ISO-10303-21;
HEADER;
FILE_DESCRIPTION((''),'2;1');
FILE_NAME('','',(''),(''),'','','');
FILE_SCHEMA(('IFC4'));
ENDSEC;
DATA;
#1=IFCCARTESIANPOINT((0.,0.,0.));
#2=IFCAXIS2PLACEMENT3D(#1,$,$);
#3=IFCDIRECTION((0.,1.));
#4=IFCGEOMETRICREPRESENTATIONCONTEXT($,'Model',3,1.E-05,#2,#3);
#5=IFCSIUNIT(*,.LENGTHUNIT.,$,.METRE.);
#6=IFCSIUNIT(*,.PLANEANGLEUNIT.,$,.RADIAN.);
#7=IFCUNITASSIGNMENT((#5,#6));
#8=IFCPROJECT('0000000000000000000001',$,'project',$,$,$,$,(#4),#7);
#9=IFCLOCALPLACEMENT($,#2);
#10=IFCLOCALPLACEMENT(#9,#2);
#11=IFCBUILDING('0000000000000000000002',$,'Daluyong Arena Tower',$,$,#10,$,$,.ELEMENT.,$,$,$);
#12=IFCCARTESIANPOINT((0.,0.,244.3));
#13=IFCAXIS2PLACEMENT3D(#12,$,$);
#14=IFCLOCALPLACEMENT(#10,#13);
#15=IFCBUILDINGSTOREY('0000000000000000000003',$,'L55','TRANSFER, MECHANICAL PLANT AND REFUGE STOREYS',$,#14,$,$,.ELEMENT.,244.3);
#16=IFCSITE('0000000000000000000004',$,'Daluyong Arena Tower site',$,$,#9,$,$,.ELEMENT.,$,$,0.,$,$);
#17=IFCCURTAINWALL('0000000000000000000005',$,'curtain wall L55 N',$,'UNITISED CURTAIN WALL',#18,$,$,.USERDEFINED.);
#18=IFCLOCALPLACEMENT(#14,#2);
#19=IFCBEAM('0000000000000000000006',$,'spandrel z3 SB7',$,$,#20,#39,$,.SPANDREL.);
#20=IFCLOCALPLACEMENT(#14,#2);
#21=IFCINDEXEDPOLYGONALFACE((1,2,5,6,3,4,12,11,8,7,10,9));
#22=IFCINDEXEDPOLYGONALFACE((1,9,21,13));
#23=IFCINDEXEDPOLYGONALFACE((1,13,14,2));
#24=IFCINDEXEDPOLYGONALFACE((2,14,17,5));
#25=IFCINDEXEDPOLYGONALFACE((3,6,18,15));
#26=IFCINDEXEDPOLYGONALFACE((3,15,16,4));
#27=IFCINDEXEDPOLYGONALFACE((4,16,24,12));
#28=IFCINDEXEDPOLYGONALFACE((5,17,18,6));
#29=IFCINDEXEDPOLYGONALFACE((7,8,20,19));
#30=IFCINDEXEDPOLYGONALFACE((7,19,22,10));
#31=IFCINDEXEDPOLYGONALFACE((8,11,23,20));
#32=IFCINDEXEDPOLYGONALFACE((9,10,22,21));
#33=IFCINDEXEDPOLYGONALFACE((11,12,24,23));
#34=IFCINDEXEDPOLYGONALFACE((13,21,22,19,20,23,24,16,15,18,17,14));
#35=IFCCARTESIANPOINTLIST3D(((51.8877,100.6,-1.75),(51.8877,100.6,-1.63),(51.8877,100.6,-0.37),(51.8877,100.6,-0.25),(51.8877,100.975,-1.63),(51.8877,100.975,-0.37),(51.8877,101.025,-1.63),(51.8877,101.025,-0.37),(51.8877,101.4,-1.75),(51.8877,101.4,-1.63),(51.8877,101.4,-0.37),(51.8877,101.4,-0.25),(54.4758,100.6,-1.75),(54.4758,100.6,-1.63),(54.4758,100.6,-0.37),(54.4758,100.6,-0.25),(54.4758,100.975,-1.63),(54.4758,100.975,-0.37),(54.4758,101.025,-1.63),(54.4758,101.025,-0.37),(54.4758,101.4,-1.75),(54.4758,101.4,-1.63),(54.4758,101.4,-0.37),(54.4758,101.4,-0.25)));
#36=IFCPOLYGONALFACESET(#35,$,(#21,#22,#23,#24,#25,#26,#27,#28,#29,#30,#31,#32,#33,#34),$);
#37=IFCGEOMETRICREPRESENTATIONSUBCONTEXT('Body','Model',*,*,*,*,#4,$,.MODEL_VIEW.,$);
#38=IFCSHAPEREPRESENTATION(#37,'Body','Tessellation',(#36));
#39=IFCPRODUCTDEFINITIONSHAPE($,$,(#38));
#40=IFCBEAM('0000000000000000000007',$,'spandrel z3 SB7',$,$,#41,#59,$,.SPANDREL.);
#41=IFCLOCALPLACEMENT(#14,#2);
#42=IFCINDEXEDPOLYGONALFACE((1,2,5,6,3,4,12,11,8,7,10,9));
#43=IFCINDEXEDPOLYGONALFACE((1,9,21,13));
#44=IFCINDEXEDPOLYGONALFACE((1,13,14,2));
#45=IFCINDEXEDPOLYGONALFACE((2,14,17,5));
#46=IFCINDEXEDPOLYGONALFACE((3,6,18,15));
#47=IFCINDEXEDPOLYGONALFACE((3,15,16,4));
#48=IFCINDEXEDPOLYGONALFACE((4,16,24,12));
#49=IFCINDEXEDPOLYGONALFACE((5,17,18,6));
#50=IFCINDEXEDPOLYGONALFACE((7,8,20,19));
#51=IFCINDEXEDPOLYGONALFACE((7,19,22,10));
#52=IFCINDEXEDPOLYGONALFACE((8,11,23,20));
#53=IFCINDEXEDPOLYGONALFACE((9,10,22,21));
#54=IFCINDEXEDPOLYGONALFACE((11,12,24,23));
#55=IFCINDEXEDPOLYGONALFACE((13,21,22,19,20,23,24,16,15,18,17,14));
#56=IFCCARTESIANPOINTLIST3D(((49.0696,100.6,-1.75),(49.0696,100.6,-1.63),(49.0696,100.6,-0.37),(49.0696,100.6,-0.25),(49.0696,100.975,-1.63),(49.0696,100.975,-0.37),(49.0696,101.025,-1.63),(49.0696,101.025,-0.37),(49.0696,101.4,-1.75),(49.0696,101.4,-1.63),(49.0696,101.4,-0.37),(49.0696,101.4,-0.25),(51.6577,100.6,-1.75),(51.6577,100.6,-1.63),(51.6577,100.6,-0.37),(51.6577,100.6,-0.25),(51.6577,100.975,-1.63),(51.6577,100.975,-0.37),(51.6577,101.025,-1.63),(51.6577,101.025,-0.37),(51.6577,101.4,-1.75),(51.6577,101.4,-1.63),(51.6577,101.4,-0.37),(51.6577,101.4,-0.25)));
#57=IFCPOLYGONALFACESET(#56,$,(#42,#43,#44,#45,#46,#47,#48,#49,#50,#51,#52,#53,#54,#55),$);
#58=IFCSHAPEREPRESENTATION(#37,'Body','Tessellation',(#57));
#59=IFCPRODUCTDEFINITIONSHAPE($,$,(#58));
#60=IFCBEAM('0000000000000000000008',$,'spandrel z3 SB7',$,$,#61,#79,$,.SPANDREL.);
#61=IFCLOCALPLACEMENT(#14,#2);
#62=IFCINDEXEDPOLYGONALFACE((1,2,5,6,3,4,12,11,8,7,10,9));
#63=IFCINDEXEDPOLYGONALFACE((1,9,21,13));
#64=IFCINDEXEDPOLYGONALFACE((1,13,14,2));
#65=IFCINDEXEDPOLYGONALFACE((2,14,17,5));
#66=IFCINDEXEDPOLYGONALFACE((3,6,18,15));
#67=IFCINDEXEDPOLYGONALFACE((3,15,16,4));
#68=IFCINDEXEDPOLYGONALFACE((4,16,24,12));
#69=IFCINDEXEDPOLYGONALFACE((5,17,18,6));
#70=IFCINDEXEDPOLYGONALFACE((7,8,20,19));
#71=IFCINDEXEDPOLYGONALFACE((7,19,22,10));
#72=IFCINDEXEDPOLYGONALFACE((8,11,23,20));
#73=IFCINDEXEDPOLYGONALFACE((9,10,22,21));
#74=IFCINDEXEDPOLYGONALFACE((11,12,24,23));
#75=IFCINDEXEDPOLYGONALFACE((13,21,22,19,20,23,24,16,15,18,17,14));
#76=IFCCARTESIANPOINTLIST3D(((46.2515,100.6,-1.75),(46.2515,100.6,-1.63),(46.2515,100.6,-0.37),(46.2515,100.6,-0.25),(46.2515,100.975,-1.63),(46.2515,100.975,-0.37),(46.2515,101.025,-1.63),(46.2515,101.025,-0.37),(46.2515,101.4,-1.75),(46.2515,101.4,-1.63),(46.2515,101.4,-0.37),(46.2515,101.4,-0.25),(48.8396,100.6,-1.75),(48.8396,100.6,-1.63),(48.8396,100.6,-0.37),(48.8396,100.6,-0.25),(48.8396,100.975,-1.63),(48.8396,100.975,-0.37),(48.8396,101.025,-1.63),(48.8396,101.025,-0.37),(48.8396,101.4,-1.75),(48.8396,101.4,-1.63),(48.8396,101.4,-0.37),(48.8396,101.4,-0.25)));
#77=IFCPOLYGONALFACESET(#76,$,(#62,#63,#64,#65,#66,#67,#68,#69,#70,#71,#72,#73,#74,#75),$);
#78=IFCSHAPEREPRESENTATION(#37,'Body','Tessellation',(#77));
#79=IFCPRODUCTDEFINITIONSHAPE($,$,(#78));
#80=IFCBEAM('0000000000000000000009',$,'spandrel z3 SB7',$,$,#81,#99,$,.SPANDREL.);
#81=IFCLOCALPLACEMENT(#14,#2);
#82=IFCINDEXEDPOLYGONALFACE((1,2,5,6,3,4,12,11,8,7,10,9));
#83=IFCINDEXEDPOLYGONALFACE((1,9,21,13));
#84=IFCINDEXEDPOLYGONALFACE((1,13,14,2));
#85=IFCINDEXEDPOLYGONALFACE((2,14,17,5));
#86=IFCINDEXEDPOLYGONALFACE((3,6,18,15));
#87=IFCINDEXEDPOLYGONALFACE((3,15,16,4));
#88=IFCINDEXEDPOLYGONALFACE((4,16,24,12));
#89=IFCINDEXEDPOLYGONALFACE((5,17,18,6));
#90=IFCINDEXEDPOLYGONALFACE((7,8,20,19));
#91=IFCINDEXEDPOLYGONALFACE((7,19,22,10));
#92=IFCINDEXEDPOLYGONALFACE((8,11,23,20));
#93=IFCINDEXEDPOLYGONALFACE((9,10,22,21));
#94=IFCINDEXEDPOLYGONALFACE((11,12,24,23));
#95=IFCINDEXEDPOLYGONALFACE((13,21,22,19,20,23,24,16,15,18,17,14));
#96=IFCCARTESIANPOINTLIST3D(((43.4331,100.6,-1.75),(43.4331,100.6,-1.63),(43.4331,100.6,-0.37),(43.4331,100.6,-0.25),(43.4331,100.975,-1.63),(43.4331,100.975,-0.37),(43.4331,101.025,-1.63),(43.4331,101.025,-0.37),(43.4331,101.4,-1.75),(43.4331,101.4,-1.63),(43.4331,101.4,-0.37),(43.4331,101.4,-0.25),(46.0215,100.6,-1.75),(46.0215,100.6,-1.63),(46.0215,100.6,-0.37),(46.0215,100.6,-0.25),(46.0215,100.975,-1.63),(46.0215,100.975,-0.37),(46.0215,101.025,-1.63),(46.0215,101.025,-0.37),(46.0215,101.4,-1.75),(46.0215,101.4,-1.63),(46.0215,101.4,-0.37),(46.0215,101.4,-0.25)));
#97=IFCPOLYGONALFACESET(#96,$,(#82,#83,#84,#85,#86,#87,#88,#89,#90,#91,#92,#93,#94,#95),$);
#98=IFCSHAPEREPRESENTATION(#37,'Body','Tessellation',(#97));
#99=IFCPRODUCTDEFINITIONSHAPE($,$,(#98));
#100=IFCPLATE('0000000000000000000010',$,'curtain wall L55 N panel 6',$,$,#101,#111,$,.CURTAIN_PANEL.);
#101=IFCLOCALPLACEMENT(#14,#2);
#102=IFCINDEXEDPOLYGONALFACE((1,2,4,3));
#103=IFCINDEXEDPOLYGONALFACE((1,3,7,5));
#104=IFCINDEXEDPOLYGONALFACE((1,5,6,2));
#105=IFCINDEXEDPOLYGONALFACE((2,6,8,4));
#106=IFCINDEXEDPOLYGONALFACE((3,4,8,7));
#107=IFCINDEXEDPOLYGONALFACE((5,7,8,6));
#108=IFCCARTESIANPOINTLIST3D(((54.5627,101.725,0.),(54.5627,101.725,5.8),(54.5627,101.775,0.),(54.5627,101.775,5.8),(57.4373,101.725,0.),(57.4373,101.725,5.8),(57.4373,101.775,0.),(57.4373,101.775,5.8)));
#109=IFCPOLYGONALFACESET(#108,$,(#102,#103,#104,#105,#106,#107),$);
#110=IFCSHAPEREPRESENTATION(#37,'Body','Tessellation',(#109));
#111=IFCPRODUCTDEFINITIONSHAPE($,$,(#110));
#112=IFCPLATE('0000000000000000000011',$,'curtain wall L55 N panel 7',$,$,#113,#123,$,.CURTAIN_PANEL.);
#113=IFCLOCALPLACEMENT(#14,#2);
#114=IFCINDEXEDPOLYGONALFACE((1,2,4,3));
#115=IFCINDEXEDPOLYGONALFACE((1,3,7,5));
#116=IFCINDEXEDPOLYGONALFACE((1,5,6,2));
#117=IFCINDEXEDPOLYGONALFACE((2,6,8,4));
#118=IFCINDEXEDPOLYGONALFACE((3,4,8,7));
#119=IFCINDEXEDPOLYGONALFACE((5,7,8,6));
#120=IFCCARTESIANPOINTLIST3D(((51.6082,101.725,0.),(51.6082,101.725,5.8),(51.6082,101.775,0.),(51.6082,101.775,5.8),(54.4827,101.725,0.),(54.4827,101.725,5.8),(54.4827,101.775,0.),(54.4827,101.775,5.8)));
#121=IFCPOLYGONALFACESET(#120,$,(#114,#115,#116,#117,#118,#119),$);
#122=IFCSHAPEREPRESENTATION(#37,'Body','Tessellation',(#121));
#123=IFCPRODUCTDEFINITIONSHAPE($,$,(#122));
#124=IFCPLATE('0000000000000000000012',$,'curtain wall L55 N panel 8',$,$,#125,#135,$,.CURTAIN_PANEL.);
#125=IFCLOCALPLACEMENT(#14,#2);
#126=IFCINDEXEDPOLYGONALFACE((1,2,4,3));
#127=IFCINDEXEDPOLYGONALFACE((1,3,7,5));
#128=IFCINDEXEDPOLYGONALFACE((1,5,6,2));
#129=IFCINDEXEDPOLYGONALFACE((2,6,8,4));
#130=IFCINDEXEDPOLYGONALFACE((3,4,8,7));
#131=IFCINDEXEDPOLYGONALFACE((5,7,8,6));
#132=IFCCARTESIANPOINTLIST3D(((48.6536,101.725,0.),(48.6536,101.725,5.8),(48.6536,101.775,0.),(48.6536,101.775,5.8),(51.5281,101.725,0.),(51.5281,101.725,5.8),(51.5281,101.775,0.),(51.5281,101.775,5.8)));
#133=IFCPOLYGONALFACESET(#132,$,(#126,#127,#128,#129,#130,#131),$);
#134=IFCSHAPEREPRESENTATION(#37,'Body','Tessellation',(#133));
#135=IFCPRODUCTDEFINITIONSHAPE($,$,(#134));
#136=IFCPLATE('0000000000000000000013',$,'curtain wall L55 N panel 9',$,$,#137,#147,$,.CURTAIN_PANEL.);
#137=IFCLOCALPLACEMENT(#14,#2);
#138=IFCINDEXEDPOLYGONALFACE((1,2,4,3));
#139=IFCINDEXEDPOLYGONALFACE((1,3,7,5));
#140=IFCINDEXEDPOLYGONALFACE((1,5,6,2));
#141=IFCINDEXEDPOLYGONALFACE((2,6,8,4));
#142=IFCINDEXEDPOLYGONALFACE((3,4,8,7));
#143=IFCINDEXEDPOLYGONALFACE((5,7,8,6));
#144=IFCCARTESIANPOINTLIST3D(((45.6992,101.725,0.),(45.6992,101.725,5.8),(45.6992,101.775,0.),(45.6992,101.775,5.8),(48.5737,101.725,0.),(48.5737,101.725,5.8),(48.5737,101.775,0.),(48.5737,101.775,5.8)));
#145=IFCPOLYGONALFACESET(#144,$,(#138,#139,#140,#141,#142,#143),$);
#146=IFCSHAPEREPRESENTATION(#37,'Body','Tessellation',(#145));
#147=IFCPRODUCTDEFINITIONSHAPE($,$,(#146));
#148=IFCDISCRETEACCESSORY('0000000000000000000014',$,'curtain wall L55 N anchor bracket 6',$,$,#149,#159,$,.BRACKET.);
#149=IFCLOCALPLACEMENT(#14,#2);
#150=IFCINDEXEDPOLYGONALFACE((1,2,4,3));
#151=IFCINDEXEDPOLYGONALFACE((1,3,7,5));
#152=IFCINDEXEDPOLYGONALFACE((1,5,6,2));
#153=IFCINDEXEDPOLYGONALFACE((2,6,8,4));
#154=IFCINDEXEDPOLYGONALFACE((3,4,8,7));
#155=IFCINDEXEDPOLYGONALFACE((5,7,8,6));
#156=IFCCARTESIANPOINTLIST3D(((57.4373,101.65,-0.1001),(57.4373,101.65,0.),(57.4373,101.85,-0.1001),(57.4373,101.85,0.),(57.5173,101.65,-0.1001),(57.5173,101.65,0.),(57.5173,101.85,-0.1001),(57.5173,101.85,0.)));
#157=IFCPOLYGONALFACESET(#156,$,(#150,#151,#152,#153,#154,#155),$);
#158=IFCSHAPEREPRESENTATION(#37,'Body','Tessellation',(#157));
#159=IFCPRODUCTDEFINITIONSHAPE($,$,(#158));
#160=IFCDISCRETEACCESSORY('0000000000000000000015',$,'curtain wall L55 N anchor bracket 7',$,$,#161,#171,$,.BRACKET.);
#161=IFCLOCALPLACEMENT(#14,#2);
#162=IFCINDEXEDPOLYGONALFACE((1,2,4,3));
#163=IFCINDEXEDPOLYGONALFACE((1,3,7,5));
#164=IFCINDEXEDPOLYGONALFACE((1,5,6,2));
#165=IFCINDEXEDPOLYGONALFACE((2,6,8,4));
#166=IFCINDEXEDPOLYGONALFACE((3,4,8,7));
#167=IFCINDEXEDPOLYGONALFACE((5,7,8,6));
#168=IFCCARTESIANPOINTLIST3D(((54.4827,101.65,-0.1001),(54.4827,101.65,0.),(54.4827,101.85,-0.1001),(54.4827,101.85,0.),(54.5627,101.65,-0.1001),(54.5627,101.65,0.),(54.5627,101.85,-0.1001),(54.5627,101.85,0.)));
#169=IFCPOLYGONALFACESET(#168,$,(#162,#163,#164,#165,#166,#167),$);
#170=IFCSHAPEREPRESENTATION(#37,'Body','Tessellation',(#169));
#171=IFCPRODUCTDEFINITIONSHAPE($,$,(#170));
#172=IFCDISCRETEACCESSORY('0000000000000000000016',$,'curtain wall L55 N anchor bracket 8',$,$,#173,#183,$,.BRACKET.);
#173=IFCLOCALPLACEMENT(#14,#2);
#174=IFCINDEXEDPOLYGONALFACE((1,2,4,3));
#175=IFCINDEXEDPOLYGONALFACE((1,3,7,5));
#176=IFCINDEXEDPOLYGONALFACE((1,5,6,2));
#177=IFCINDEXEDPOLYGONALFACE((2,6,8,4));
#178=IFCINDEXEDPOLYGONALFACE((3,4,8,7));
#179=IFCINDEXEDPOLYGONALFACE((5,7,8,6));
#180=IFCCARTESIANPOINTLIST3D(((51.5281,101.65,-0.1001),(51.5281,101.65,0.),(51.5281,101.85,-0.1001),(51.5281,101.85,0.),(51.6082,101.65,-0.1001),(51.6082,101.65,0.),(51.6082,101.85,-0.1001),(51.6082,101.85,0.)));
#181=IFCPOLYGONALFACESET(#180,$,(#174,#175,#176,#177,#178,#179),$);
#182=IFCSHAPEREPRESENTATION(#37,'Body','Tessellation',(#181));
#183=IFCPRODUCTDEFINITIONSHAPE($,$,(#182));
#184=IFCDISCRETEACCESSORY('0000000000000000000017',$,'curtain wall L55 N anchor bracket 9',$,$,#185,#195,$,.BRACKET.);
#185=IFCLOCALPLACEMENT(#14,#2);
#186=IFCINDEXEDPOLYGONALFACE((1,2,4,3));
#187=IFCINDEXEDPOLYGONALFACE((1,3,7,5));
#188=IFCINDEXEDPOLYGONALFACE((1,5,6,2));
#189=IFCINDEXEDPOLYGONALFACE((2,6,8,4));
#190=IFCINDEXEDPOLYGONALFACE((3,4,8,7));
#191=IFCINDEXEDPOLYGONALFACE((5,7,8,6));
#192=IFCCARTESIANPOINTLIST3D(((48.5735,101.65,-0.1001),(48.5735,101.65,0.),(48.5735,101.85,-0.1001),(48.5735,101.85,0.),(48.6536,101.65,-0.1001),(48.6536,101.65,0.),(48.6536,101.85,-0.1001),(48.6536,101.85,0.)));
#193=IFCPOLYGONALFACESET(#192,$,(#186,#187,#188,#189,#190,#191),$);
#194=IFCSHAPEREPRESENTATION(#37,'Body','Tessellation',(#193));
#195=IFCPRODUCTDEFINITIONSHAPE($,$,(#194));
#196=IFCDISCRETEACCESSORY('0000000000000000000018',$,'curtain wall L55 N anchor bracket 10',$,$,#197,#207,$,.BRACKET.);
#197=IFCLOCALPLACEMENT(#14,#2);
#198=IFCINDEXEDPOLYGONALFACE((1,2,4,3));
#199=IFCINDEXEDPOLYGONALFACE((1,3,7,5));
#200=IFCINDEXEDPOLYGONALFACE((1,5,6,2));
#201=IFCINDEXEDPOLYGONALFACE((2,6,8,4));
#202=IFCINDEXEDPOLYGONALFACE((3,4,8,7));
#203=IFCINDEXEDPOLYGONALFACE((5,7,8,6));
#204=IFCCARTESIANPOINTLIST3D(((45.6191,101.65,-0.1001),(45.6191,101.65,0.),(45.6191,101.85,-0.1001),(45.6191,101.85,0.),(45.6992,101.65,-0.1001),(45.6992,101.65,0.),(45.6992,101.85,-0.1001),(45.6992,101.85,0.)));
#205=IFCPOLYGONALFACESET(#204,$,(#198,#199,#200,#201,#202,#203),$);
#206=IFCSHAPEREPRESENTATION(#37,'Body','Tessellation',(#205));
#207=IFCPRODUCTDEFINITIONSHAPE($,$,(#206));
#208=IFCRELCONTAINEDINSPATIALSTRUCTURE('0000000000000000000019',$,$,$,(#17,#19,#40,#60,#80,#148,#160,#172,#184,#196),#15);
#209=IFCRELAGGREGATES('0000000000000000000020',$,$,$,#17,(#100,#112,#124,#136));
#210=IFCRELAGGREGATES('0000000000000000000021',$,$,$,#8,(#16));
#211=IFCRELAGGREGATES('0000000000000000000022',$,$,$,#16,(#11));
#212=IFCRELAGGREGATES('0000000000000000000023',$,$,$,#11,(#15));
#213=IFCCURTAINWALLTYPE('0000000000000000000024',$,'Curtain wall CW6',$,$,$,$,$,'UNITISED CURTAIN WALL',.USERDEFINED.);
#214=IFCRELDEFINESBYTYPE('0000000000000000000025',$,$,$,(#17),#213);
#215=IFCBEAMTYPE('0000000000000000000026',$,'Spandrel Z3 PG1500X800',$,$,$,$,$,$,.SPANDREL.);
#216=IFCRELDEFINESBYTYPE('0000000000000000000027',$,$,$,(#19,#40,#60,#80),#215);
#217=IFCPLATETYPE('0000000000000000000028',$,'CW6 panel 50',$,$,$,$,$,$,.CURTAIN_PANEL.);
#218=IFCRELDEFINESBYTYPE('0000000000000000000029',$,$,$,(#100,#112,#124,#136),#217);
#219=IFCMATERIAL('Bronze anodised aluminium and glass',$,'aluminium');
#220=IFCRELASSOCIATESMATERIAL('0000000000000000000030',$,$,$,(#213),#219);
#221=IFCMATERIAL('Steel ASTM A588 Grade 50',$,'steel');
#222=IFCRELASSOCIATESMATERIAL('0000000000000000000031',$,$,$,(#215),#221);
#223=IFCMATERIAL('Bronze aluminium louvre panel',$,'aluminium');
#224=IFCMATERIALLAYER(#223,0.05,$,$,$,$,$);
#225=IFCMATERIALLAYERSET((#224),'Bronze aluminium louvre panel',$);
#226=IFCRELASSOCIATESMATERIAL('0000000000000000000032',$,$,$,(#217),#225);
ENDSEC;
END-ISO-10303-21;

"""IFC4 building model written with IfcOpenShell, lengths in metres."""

from ifc_helpers import new_model, si_unit, direction, frame, origin, origin_2d, place, context, subcontext, project, spatial, rectangle, i_section, extrude, material, layer, layer_set, material_profile, profile_set, type_object, element, aggregate, save


model = new_model("IFC4")

# Units and contexts
model_context = context("Model", 3, precision=1e-05, world=origin(), true_north=direction((0.0, 1.0)))
body_context = subcontext(model_context, "Body", "Model", "MODEL_VIEW")
ifc_project = project(units=[si_unit("LENGTHUNIT", "METRE"), si_unit("PLANEANGLEUNIT", "RADIAN")], contexts=[model_context])

# Site, building, storey
site_placement = place(None, origin())
site = spatial("IfcSite", under=ifc_project, at=site_placement, Name="Daluyong Arena Tower site", CompositionType="ELEMENT", RefElevation=0.0)
building_placement = place(site_placement, origin())
building = spatial("IfcBuilding", under=site, at=building_placement, Name="Daluyong Arena Tower", CompositionType="ELEMENT")
storey_placement = place(building_placement, frame((0.0, 0.0, 244.3)))
storey = spatial("IfcBuildingStorey", under=building, at=storey_placement, Name="L55", Description="TRANSFER, MECHANICAL PLANT AND REFUGE STOREYS", CompositionType="ELEMENT", Elevation=244.3)

# Curtain wall
ifc_material_1 = material(Name="Bronze anodised aluminium and glass", Category="aluminium")
curtain_wall_type = type_object("IfcCurtainWallType", Name="Curtain wall CW6", ElementType="UNITISED CURTAIN WALL", PredefinedType="USERDEFINED", material=ifc_material_1)
curtain_wall_placement = place(storey_placement, origin())
curtain_wall = element("IfcCurtainWall", 1, at=curtain_wall_placement, inside=storey, type_object=curtain_wall_type, Name="curtain wall L55 N", ObjectType="UNITISED CURTAIN WALL", PredefinedType="USERDEFINED")

# Beams
ifc_material_2 = material(Name="Steel ASTM A588 Grade 50", Category="steel")
ifc_material_profile_1 = material_profile(ifc_material_2, i_section(OverallWidth=0.8, OverallDepth=1.5, WebThickness=0.05, FlangeThickness=0.12, at=origin_2d()))
ifc_profile_set_1 = profile_set([ifc_material_profile_1], Name="Steel ASTM A588 Grade 50")
beam_type_1 = type_object("IfcBeamType", Name="Spandrel Z3 PG1500X800", PredefinedType="SPANDREL", material=ifc_profile_set_1)
for number, where, z_axis, x_axis, name in (
    (2, (54.4758, 101.0, -1.0), (-1.0, 0.0, 0.0), (0.0, -1.0, 0.0), "spandrel z3 SB7"),
    (3, (51.6577, 101.0, -1.0), (-1.0, 0.0, 0.0), (0.0, -1.0, 0.0), "spandrel z3 SB7"),
    (4, (48.8396, 101.0, -1.0), (-1.0, 0.0, 0.0), (0.0, -1.0, 0.0), "spandrel z3 SB7"),
):
    element("IfcBeam", number, at=place(storey_placement, frame(where, z_axis=z_axis, x_axis=x_axis)), inside=storey, type_object=beam_type_1, Name=name, PredefinedType="SPANDREL", context=body_context, shape_type="SweptSolid", body=[
        extrude(i_section(OverallWidth=0.8, OverallDepth=1.5, WebThickness=0.05, FlangeThickness=0.12, at=origin_2d()), origin(), (0.0, 0.0, 1.0), 2.5881),
    ])
beam_1_placement = place(storey_placement, frame((46.0215, 101.0, -1.0), z_axis=(-1.0, 0.0, 0.0), x_axis=(0.0, -1.0, 0.0)))
element("IfcBeam", 5, at=beam_1_placement, inside=storey, type_object=beam_type_1, Name="spandrel z3 SB7", PredefinedType="SPANDREL", context=body_context, shape_type="SweptSolid", body=[
    extrude(i_section(OverallWidth=0.8, OverallDepth=1.5, WebThickness=0.05, FlangeThickness=0.12, at=origin_2d()), origin(), (0.0, 0.0, 1.0), 2.5884),
])

# Plates
ifc_material_3 = material(Name="Bronze aluminium louvre panel", Category="aluminium")
ifc_layer = layer(ifc_material_3, 0.05)
ifc_layer_set = layer_set([ifc_layer], Name="Bronze aluminium louvre panel")
plate_type = type_object("IfcPlateType", Name="CW6 panel 50", PredefinedType="CURTAIN_PANEL", material=ifc_layer_set)
plate_1_placement = place(storey_placement, frame((56.0, 101.75, 0.0), z_axis=(0.0, 0.0, 1.0), x_axis=(-1.0, 0.0, 0.0)))
plate_1 = element("IfcPlate", 6, at=plate_1_placement, type_object=plate_type, Name="curtain wall L55 N panel 6", PredefinedType="CURTAIN_PANEL", context=body_context, shape_type="SweptSolid", body=[
    extrude(rectangle(XDim=2.8745, YDim=0.05, at=origin_2d()), origin(), (0.0, 0.0, 1.0), 5.8),
])
plate_2_placement = place(storey_placement, frame((53.0454, 101.75, 0.0), z_axis=(0.0, 0.0, 1.0), x_axis=(-1.0, 0.0, 0.0)))
plate_2 = element("IfcPlate", 7, at=plate_2_placement, type_object=plate_type, Name="curtain wall L55 N panel 7", PredefinedType="CURTAIN_PANEL", context=body_context, shape_type="SweptSolid", body=[
    extrude(rectangle(XDim=2.8745, YDim=0.05, at=origin_2d()), origin(), (0.0, 0.0, 1.0), 5.8),
])
plate_3_placement = place(storey_placement, frame((50.0908, 101.75, 0.0), z_axis=(0.0, 0.0, 1.0), x_axis=(-1.0, 0.0, 0.0)))
plate_3 = element("IfcPlate", 8, at=plate_3_placement, type_object=plate_type, Name="curtain wall L55 N panel 8", PredefinedType="CURTAIN_PANEL", context=body_context, shape_type="SweptSolid", body=[
    extrude(rectangle(XDim=2.8745, YDim=0.05, at=origin_2d()), origin(), (0.0, 0.0, 1.0), 5.8),
])
plate_4_placement = place(storey_placement, frame((47.1365, 101.75, 0.0), z_axis=(0.0, 0.0, 1.0), x_axis=(-1.0, 0.0, 0.0)))
plate_4 = element("IfcPlate", 9, at=plate_4_placement, type_object=plate_type, Name="curtain wall L55 N panel 9", PredefinedType="CURTAIN_PANEL", context=body_context, shape_type="SweptSolid", body=[
    extrude(rectangle(XDim=2.8745, YDim=0.05, at=origin_2d()), origin(), (0.0, 0.0, 1.0), 5.8),
])
aggregate(curtain_wall, [plate_1, plate_2, plate_3, plate_4])

# Discrete accessories
for number, where, z_axis, x_axis, name in (
    (10, (57.4773, 101.75, -0.1001), (0.0, 0.0, 1.0), (-1.0, 0.0, 0.0), "curtain wall L55 N anchor bracket 6"),
    (11, (54.5227, 101.75, -0.1001), (0.0, 0.0, 1.0), (-1.0, 0.0, 0.0), "curtain wall L55 N anchor bracket 7"),
    (12, (51.5681, 101.75, -0.1001), (0.0, 0.0, 1.0), (-1.0, 0.0, 0.0), "curtain wall L55 N anchor bracket 8"),
    (13, (48.6135, 101.75, -0.1001), (0.0, 0.0, 1.0), (-1.0, 0.0, 0.0), "curtain wall L55 N anchor bracket 9"),
    (14, (45.6592, 101.75, -0.1001), (0.0, 0.0, 1.0), (-1.0, 0.0, 0.0), "curtain wall L55 N anchor bracket 10"),
):
    element("IfcDiscreteAccessory", number, at=place(storey_placement, frame(where, z_axis=z_axis, x_axis=x_axis)), inside=storey, Name=name, PredefinedType="BRACKET", context=body_context, shape_type="SweptSolid", body=[
        extrude(rectangle(XDim=0.0801, YDim=0.2, at=origin_2d()), origin(), (0.0, 0.0, 1.0), 0.1001),
    ])

save(model, "model.ifc")
